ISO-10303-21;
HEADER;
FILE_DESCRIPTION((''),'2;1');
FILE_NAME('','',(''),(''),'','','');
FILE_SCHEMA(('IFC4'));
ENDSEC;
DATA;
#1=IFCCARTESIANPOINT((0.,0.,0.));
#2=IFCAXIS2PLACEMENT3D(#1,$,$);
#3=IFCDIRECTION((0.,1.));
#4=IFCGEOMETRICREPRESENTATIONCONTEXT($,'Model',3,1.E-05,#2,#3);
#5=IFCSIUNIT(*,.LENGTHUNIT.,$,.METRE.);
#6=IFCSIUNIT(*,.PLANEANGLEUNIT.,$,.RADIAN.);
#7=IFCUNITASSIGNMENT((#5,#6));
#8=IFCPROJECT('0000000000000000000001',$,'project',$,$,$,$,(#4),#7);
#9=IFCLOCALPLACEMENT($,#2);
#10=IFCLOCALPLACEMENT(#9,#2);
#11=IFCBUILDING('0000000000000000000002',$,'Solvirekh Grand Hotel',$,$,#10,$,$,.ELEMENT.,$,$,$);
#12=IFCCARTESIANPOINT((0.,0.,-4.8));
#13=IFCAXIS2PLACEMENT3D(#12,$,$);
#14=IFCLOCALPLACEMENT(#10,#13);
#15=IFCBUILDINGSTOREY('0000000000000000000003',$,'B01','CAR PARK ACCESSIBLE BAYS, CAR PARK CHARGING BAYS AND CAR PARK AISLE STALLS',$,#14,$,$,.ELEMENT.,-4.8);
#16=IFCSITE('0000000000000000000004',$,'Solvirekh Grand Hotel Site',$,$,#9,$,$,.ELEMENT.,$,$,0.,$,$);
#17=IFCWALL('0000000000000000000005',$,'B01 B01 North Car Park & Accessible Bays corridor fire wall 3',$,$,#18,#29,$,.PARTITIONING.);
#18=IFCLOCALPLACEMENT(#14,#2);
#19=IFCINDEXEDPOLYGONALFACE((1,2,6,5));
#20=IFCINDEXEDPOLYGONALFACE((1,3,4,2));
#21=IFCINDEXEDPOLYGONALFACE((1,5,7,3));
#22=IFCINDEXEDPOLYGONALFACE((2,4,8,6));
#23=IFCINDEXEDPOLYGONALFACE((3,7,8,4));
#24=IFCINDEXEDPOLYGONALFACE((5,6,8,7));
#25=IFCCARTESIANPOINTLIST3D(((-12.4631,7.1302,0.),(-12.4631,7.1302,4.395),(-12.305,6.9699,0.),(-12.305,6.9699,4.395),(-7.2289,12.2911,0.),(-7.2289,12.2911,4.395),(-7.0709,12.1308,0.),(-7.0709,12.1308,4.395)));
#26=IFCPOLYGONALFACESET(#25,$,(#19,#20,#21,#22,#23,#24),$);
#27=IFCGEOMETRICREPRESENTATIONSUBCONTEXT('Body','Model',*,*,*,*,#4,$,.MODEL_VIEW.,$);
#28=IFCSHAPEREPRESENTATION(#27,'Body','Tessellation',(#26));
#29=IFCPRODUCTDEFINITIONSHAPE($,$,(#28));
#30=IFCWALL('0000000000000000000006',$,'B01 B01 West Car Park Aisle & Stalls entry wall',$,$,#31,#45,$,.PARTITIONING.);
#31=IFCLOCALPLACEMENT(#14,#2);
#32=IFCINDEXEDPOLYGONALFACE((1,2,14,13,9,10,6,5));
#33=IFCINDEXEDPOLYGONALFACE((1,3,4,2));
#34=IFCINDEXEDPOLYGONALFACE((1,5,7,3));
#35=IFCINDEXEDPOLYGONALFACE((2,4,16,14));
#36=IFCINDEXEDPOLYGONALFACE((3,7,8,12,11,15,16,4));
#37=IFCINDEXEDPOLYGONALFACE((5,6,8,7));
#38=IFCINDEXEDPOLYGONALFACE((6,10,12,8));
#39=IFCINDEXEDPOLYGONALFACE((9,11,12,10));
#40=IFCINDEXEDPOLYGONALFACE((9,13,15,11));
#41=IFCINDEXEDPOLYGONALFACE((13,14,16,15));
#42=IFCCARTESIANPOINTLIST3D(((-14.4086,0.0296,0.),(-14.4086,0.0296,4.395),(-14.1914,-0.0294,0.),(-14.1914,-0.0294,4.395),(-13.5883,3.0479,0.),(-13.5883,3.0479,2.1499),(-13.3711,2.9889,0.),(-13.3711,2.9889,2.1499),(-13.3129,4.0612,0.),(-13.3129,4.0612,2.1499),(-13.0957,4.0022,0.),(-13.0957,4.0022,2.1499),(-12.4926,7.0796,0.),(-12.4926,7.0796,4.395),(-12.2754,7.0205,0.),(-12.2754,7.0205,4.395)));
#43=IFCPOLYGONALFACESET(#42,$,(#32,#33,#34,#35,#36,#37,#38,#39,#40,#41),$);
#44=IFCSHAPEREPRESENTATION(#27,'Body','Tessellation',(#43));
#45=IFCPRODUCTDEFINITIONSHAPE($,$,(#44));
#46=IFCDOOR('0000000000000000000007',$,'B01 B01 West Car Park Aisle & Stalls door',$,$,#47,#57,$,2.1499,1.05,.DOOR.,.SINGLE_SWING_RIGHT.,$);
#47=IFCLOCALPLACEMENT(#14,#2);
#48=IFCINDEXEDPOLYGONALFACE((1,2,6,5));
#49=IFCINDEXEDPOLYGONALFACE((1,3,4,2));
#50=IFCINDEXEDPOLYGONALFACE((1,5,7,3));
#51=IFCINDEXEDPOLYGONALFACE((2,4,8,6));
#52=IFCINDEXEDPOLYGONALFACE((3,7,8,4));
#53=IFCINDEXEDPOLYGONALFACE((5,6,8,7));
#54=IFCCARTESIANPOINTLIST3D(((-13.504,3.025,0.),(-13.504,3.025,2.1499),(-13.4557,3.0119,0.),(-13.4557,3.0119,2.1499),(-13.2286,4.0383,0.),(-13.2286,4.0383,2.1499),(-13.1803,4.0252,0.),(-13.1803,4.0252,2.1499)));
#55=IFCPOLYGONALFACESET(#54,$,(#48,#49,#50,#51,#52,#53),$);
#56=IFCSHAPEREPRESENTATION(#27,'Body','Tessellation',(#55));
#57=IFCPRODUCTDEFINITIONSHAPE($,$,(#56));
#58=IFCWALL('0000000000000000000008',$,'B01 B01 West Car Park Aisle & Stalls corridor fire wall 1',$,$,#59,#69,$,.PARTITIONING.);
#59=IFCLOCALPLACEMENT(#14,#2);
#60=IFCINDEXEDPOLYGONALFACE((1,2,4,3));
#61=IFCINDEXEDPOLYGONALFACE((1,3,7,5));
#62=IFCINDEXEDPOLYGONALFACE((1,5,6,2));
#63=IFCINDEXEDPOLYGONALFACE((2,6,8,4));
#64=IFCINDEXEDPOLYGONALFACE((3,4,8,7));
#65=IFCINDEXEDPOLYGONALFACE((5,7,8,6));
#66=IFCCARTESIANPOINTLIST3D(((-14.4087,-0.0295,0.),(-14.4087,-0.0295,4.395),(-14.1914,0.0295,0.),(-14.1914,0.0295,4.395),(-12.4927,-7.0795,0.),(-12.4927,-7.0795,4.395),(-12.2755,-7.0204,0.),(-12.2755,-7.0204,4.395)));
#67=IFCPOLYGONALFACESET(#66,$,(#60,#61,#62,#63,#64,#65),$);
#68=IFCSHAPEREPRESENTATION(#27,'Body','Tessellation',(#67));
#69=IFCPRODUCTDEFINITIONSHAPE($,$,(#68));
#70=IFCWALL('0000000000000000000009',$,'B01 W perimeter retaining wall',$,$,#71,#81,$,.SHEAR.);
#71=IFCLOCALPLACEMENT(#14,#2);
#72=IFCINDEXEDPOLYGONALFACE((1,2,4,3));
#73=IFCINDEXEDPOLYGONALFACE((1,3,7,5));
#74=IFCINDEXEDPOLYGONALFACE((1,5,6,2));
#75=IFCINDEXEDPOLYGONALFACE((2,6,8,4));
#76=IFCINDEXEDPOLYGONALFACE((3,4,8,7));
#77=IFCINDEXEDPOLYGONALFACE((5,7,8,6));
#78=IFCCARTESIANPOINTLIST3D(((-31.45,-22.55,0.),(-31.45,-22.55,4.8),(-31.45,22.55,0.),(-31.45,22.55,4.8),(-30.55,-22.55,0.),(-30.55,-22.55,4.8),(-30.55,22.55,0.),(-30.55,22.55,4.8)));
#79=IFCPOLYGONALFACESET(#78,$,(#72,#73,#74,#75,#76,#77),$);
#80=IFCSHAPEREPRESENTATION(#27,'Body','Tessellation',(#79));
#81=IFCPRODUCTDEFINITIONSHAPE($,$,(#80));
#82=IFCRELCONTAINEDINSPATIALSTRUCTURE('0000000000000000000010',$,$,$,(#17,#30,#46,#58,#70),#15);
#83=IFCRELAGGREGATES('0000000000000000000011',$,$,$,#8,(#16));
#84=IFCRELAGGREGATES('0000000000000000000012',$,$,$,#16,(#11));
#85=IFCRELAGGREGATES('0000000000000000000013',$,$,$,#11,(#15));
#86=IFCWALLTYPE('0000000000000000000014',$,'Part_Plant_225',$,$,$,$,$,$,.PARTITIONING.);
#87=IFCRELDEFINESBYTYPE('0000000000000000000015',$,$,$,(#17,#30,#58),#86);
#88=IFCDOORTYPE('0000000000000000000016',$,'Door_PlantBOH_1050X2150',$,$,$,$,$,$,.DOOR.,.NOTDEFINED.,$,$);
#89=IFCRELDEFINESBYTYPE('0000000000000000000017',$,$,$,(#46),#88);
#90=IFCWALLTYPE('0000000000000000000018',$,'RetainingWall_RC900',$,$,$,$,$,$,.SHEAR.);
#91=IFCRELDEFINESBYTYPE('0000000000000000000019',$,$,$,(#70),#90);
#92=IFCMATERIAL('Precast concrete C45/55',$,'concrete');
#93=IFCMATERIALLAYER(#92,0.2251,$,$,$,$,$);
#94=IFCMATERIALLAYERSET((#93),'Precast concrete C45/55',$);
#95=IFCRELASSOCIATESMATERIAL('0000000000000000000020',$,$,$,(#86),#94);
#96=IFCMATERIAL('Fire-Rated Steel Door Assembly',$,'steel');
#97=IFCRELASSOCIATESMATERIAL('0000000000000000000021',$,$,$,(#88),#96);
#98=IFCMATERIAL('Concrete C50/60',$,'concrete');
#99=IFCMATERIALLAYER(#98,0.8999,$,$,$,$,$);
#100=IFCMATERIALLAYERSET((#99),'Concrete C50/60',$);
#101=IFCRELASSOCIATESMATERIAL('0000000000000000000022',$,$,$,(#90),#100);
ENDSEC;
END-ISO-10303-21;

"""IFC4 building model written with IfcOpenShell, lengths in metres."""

from ifc_helpers import new_model, si_unit, direction, frame, frame_2d, origin, place, context, subcontext, project, spatial, rectangle, extrude, material, layer, layer_set, type_object, element, fill, save


model = new_model("IFC4")

# Units and contexts
model_context = context("Model", 3, precision=1e-05, world=origin(), true_north=direction((0.0, 1.0)))
body_context = subcontext(model_context, "Body", "Model", "MODEL_VIEW")
ifc_project = project(units=[si_unit("LENGTHUNIT", "METRE"), si_unit("PLANEANGLEUNIT", "RADIAN")], contexts=[model_context])

# Site, building, storey
site_placement = place(None, origin())
site = spatial("IfcSite", under=ifc_project, at=site_placement, Name="Solvirekh Grand Hotel Site", CompositionType="ELEMENT", RefElevation=0.0)
building_placement = place(site_placement, origin())
building = spatial("IfcBuilding", under=site, at=building_placement, Name="Solvirekh Grand Hotel", CompositionType="ELEMENT")
storey_placement = place(building_placement, frame((0.0, 0.0, -4.8)))
storey = spatial("IfcBuildingStorey", under=building, at=storey_placement, Name="B01", Description="CAR PARK ACCESSIBLE BAYS, CAR PARK CHARGING BAYS AND CAR PARK AISLE STALLS", CompositionType="ELEMENT", Elevation=-4.8)

# Shared definitions
ifc_material_1 = material(Name="Concrete C50/60", Category="concrete")

# Shared definitions
ifc_material_2 = material(Name="Fire-Rated Steel Door Assembly", Category="steel")

# Wall
ifc_material_3 = material(Name="Precast concrete C45/55", Category="concrete")
ifc_layer_1 = layer(ifc_material_3, 0.2251)
ifc_layer_set_1 = layer_set([ifc_layer_1], Name="Precast concrete C45/55")
wall_type_1 = type_object("IfcWallType", Name="Part_Plant_225", PredefinedType="PARTITIONING", material=ifc_layer_set_1)
wall_1_placement = place(storey_placement, frame((-7.1499, 12.2109, 0.0), z_axis=(0.0, 0.0, 1.0), x_axis=(-0.712071, -0.702107, 0.0)))
element("IfcWall", 1, at=wall_1_placement, inside=storey, type_object=wall_type_1, Name="B01 B01 North Car Park & Accessible Bays corridor fire wall 3", PredefinedType="PARTITIONING", context=body_context, shape_type="SweptSolid", body=[
    extrude(rectangle(XDim=7.3506, YDim=0.2251, at=frame_2d((3.6753, 0.0))), origin(), (0.0, 0.0, 1.0), 4.395),
])

# Wall, opening, door
wall_2_placement = place(storey_placement, frame((-12.384, 7.05, 0.0), z_axis=(0.0, 0.0, 1.0), x_axis=(-0.262261, -0.964997, 0.0)))
wall_2 = element("IfcWall", 2, at=wall_2_placement, inside=storey, type_object=wall_type_1, Name="B01 B01 West Car Park Aisle & Stalls entry wall", PredefinedType="PARTITIONING", context=body_context, shape_type="SweptSolid", body=[
    extrude(rectangle(XDim=7.3057, YDim=0.2251, at=frame_2d((3.6528, 0.0))), origin(), (0.0, 0.0, 1.0), 4.395),
])
opening_1_placement = place(wall_2_placement, frame((3.1279, 0.0, 0.0)))
opening_1 = element("IfcOpeningElement", 3, at=opening_1_placement, cuts=wall_2, PredefinedType="OPENING", context=body_context, shape_type="SweptSolid", body=[
    extrude(rectangle(XDim=1.05, YDim=2.1499, at=frame_2d((0.5249, 1.075))), frame((0.0, 0.1226, 0.0), z_axis=(0.0, -1.0, 0.0), x_axis=(1.0, 0.0, 0.0)), (0.0, 0.0, 1.0), 0.2451),
])
door_type_1 = type_object("IfcDoorType", Name="Door_PlantBOH_1050X2150", OperationType="NOTDEFINED", PredefinedType="DOOR", material=ifc_material_2)
door_1_placement = place(opening_1_placement, origin())
door_1 = element("IfcDoor", 4, at=door_1_placement, inside=storey, type_object=door_type_1, Name="B01 B01 West Car Park Aisle & Stalls door", OperationType="SINGLE_SWING_RIGHT", OverallHeight=2.1499, OverallWidth=1.05, PredefinedType="DOOR", context=body_context, shape_type="SweptSolid", body=[
    extrude(rectangle(XDim=1.05, YDim=2.1499, at=frame_2d((0.5249, 1.075))), frame((0.0, 0.0249, 0.0), z_axis=(0.0, -1.0, 0.0), x_axis=(1.0, 0.0, 0.0)), (0.0, 0.0, 1.0), 0.05),
])
fill(opening_1, door_1)

# Walls
wall_3_placement = place(storey_placement, frame((-14.3, 0.0, 0.0), z_axis=(0.0, 0.0, 1.0), x_axis=(0.262261, -0.964997, 0.0)))
element("IfcWall", 5, at=wall_3_placement, inside=storey, type_object=wall_type_1, Name="B01 B01 West Car Park Aisle & Stalls corridor fire wall 1", PredefinedType="PARTITIONING", context=body_context, shape_type="SweptSolid", body=[
    extrude(rectangle(XDim=7.3057, YDim=0.2251, at=frame_2d((3.6528, 0.0))), origin(), (0.0, 0.0, 1.0), 4.395),
])
ifc_layer_2 = layer(ifc_material_1, 0.8999)
ifc_layer_set_2 = layer_set([ifc_layer_2], Name="Concrete C50/60")
wall_type_2 = type_object("IfcWallType", Name="RetainingWall_RC900", PredefinedType="SHEAR", material=ifc_layer_set_2)
wall_4_placement = place(storey_placement, frame((-31.0, 22.55, 0.0), z_axis=(0.0, 0.0, 1.0), x_axis=(0.0, -1.0, 0.0)))
element("IfcWall", 6, at=wall_4_placement, inside=storey, type_object=wall_type_2, Name="B01 W perimeter retaining wall", PredefinedType="SHEAR", context=body_context, shape_type="SweptSolid", body=[
    extrude(rectangle(XDim=45.1001, YDim=0.8999, at=frame_2d((22.55, 0.0))), origin(), (0.0, 0.0, 1.0), 4.8),
])

save(model, "model.ifc")
